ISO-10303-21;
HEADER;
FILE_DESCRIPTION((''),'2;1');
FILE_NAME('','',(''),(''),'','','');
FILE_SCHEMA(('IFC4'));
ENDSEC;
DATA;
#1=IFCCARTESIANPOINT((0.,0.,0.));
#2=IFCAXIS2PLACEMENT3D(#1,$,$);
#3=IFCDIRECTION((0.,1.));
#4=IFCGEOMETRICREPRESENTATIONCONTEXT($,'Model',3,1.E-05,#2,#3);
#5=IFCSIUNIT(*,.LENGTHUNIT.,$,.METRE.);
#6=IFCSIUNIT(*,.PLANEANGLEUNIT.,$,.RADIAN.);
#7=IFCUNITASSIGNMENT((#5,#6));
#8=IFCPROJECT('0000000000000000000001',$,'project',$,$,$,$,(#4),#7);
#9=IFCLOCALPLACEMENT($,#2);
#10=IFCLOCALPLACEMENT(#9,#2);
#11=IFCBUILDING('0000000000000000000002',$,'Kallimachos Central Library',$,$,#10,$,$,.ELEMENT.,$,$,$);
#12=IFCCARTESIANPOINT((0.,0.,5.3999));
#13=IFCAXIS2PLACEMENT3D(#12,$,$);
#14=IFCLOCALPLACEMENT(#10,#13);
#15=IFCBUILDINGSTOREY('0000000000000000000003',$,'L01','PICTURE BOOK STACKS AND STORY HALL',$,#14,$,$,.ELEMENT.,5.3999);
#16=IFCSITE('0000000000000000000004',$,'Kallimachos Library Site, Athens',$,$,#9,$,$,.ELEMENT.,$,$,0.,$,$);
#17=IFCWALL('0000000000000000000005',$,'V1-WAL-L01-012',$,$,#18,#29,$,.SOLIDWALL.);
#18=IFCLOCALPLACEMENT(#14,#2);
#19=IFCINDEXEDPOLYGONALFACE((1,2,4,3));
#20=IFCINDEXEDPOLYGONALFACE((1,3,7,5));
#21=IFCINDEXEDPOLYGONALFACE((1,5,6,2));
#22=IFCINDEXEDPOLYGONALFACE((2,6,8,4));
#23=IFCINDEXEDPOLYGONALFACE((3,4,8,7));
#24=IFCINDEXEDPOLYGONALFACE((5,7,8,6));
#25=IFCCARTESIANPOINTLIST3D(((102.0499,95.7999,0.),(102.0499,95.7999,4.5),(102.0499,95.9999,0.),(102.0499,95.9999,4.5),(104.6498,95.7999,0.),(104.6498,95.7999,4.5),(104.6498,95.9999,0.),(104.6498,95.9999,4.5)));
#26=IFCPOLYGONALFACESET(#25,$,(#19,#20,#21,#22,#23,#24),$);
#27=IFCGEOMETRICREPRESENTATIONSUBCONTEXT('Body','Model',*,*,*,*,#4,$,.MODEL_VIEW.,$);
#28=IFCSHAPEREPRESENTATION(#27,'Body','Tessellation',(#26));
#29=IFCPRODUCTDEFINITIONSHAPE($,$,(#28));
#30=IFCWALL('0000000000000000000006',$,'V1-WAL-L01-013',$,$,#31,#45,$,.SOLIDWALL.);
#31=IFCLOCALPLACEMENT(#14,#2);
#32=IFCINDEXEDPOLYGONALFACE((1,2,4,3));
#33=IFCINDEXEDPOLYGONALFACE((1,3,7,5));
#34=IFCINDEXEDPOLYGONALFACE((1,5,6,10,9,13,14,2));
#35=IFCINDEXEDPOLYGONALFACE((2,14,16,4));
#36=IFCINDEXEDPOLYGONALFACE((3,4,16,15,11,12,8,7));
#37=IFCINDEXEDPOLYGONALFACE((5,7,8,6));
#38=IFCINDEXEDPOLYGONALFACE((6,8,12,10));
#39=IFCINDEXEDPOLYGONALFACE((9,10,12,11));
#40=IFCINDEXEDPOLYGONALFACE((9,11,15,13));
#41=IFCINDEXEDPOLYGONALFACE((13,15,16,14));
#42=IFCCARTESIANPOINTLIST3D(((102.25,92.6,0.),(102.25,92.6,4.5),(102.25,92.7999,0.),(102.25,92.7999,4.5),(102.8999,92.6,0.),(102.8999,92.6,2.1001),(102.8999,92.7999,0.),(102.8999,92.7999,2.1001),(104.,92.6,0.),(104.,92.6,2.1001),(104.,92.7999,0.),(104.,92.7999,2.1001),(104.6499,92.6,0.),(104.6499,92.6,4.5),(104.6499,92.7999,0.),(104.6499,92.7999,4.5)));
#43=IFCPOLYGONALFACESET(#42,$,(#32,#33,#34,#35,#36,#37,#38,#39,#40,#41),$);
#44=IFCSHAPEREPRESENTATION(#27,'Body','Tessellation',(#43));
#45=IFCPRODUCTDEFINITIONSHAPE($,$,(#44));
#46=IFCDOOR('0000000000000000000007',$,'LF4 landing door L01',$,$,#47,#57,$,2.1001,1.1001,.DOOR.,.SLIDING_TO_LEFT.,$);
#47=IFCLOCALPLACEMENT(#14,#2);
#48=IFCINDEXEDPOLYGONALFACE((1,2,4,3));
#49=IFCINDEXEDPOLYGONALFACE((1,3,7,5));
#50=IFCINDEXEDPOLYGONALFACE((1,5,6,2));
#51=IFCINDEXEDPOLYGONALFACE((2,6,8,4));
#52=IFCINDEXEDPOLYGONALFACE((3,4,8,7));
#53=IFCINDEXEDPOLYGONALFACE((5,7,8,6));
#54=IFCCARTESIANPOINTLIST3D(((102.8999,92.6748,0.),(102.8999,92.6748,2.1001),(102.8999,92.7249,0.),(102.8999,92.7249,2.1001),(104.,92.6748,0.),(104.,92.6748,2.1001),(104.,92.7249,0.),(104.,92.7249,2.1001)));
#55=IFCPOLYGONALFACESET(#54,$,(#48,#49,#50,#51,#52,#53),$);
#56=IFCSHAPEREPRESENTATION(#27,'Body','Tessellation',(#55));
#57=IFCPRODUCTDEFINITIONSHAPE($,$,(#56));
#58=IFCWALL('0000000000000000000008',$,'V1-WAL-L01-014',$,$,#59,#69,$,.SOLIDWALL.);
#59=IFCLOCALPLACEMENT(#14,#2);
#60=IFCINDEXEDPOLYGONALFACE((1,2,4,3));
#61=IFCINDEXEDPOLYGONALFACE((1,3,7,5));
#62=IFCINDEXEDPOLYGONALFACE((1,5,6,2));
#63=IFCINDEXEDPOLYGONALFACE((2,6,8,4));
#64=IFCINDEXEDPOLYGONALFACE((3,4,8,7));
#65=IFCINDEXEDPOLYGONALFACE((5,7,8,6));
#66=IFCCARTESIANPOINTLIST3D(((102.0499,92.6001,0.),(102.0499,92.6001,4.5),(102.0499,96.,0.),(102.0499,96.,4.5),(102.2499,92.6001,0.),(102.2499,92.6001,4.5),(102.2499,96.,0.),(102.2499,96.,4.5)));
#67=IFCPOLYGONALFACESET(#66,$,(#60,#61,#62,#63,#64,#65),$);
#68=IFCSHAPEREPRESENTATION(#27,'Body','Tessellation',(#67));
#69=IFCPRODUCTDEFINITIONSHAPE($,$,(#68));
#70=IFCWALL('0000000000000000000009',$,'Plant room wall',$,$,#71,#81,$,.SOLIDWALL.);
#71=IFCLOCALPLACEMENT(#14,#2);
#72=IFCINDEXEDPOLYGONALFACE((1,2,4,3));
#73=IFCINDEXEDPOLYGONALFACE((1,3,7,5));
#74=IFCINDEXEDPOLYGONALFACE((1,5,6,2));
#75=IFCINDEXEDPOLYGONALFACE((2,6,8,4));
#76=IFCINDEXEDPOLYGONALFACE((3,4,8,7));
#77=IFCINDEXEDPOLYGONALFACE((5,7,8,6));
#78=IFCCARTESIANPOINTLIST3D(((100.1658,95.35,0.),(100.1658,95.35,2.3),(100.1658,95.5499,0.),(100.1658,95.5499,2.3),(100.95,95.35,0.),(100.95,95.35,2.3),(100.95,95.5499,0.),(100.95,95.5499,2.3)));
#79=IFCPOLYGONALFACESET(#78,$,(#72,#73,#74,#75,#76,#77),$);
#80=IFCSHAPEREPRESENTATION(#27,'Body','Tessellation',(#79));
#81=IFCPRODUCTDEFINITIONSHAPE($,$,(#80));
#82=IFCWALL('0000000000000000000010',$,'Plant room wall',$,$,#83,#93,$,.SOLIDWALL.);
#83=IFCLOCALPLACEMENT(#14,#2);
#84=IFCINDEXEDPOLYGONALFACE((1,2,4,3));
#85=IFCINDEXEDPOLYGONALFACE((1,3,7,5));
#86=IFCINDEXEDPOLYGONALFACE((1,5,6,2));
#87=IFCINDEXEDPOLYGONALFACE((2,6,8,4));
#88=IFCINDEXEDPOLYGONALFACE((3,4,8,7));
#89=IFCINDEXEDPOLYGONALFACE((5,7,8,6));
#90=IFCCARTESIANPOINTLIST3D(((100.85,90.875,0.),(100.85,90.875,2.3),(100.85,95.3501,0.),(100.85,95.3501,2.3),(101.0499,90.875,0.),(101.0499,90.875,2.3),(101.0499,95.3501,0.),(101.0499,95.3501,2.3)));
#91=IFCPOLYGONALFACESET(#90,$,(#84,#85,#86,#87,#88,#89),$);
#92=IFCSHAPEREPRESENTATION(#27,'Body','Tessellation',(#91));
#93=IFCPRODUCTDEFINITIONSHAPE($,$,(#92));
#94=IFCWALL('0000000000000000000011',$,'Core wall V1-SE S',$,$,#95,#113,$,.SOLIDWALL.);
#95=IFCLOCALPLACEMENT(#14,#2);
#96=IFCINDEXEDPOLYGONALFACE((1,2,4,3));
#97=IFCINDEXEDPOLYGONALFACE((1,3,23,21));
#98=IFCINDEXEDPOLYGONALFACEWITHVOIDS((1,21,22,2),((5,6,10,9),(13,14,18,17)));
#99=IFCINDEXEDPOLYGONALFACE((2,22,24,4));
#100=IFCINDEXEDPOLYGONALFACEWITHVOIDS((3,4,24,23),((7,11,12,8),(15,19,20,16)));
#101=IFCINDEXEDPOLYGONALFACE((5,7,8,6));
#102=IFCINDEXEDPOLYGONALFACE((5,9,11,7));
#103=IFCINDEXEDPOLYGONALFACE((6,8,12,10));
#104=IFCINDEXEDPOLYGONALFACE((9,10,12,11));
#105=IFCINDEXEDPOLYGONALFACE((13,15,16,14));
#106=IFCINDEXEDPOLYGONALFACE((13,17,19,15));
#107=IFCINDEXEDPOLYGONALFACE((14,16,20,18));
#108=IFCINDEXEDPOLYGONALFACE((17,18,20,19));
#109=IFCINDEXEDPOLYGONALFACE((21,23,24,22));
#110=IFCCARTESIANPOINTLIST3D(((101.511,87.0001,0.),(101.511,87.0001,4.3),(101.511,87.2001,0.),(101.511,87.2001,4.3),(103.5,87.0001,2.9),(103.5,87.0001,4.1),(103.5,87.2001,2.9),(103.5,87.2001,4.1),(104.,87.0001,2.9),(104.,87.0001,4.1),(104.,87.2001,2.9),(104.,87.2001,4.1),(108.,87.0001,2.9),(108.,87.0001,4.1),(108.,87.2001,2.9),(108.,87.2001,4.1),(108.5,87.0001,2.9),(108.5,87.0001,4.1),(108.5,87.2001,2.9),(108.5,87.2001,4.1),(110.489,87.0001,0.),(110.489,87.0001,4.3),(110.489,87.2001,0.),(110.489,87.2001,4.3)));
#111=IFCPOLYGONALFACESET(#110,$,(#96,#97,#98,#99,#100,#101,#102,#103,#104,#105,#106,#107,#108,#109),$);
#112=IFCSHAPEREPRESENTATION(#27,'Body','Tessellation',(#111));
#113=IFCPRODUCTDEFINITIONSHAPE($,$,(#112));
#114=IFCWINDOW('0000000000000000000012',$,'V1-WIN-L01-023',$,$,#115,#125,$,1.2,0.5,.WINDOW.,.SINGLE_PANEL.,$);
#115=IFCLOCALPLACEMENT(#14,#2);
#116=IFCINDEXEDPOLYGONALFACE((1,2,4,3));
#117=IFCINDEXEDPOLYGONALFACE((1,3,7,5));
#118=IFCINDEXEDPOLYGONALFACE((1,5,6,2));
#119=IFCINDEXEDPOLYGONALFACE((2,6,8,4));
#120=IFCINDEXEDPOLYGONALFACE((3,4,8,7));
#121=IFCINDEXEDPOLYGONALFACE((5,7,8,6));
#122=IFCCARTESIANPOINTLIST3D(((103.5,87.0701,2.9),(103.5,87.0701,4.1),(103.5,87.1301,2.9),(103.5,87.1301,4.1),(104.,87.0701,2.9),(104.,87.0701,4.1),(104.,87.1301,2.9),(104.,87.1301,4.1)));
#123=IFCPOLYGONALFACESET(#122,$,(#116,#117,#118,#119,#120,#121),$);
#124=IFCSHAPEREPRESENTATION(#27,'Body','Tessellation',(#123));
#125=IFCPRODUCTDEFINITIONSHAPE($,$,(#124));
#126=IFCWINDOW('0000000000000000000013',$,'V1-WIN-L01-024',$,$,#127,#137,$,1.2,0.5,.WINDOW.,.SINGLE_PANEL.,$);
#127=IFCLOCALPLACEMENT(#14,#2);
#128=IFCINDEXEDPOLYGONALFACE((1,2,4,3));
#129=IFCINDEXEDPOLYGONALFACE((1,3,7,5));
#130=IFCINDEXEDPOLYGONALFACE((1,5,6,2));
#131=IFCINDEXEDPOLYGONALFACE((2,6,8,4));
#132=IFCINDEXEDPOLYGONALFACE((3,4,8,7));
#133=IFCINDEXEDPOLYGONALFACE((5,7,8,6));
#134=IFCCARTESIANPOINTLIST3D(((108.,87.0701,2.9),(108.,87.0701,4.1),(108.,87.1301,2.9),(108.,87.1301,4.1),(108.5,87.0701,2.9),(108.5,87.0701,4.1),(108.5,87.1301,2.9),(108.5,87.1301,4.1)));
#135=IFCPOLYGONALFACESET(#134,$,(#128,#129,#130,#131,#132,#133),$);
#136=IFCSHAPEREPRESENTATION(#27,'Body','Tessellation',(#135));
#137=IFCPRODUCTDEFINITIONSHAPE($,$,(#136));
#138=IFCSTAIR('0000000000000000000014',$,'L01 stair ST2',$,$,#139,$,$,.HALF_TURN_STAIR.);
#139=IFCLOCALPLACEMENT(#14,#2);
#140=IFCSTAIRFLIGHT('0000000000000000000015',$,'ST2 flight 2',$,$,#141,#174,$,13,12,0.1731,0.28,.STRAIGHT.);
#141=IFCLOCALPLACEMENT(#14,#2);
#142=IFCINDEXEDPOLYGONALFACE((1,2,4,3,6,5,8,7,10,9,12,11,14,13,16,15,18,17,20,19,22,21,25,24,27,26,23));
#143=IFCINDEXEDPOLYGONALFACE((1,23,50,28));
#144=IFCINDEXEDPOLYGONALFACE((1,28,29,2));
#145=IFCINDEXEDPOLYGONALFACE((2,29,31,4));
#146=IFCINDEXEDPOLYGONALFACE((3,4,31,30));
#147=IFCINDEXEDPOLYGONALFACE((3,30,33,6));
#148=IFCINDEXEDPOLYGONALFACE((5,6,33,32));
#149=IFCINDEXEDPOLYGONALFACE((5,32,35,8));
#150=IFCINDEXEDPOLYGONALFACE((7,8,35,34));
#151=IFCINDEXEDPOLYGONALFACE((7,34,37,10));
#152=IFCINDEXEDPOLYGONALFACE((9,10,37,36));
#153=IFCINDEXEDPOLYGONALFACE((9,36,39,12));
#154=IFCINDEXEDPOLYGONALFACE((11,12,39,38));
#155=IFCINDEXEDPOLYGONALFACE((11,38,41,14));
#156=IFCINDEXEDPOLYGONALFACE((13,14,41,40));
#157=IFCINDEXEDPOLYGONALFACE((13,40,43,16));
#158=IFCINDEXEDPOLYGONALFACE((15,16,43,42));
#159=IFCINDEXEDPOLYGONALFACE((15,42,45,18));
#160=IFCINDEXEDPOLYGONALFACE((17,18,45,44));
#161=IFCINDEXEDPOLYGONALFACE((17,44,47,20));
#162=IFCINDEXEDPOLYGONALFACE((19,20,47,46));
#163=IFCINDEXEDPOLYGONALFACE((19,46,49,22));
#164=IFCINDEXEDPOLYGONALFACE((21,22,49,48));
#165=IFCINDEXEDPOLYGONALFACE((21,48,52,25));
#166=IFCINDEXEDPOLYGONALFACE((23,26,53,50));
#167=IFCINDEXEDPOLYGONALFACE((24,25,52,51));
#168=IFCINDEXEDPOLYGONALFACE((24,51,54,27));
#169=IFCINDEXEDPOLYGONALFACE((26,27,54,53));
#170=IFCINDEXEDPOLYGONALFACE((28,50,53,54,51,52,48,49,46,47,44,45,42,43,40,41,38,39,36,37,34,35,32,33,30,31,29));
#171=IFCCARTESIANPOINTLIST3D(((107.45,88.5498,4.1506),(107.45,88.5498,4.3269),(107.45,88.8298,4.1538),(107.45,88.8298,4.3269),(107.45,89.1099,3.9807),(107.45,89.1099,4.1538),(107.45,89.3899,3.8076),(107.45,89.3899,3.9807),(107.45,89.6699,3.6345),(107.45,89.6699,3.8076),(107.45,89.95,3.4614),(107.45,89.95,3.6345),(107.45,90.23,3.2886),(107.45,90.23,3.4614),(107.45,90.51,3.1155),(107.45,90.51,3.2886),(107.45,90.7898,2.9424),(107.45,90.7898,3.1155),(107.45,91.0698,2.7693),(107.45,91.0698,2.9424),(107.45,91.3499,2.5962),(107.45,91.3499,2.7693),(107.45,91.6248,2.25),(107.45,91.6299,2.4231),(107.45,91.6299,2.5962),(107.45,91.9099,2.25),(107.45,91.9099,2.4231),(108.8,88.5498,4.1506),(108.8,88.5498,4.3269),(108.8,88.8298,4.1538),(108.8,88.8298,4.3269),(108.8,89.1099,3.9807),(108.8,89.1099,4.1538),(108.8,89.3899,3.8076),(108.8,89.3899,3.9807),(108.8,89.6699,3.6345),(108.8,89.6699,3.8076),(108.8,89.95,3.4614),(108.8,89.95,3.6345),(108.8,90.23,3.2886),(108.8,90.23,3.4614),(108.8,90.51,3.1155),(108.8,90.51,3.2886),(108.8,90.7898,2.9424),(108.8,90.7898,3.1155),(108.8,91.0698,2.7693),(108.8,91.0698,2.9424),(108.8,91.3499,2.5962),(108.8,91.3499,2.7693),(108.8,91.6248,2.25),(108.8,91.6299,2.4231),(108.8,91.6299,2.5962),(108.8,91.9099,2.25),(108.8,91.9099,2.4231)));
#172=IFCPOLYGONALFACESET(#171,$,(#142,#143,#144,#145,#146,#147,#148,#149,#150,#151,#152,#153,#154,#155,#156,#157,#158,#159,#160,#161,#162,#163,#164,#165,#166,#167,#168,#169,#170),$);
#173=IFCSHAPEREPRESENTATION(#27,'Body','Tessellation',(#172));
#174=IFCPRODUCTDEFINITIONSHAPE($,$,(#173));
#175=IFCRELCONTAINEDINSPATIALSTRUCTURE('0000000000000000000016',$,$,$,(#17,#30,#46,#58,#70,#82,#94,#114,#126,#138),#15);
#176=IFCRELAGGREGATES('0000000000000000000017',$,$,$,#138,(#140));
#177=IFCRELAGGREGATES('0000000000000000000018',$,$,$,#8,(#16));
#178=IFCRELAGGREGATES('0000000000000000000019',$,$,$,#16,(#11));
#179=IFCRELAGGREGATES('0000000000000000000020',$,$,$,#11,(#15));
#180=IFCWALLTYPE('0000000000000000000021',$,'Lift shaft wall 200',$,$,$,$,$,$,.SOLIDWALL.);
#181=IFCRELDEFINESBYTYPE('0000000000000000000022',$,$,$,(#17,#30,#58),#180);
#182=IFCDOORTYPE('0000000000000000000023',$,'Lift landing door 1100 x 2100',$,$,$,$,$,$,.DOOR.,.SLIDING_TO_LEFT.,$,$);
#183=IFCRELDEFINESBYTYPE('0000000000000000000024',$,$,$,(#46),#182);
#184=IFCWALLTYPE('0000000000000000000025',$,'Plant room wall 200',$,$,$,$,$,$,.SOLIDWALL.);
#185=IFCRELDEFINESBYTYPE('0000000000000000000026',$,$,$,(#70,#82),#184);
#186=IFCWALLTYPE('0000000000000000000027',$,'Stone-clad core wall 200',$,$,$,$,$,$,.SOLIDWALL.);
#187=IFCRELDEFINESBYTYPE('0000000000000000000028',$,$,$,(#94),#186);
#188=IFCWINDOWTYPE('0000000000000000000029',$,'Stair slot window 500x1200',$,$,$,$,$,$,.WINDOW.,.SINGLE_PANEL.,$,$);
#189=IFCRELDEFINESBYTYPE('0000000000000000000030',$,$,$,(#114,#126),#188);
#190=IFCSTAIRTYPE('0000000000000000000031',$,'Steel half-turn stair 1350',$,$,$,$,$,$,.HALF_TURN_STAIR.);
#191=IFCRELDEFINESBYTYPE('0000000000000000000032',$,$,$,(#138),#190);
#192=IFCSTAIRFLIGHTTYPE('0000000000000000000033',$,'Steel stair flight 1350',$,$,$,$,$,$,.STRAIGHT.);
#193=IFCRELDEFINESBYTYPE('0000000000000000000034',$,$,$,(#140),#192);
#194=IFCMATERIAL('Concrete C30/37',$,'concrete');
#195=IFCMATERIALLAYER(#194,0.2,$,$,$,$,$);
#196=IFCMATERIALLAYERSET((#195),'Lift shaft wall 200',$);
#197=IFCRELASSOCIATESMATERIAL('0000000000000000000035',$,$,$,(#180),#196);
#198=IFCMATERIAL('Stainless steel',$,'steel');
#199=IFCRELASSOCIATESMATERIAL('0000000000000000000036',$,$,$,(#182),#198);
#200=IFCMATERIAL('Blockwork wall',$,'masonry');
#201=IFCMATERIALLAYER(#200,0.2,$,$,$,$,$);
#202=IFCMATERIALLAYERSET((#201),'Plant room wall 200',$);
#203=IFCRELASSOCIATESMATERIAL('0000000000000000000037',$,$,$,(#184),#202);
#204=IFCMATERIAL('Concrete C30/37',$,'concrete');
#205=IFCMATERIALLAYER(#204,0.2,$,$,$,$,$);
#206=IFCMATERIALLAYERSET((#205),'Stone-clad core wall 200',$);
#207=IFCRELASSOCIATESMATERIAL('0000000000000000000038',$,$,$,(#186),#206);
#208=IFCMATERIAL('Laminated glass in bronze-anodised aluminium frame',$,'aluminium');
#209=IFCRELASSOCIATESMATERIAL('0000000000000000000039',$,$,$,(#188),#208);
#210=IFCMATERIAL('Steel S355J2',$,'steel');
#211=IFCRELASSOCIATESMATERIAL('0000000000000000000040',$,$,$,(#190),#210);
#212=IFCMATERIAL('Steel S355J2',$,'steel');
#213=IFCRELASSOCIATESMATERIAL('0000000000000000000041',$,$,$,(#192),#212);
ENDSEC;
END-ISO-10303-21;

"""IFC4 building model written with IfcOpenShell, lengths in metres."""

from ifc_helpers import new_model, si_unit, direction, frame, frame_2d, origin, place, context, subcontext, project, spatial, polyline, rectangle, outline, extrude, material, layer, layer_set, type_object, element, fill, aggregate, save


model = new_model("IFC4")

# Units and contexts
model_context = context("Model", 3, precision=1e-05, world=origin(), true_north=direction((0.0, 1.0)))
body_context = subcontext(model_context, "Body", "Model", "MODEL_VIEW")
ifc_project = project(units=[si_unit("LENGTHUNIT", "METRE"), si_unit("PLANEANGLEUNIT", "RADIAN")], contexts=[model_context])

# Site, building, storey
site_placement = place(None, origin())
site = spatial("IfcSite", under=ifc_project, at=site_placement, Name="Kallimachos Library Site, Athens", CompositionType="ELEMENT", RefElevation=0.0)
building_placement = place(site_placement, origin())
building = spatial("IfcBuilding", under=site, at=building_placement, Name="Kallimachos Central Library", CompositionType="ELEMENT")
storey_placement = place(building_placement, frame((0.0, 0.0, 5.3999)))
storey = spatial("IfcBuildingStorey", under=building, at=storey_placement, Name="L01", Description="PICTURE BOOK STACKS AND STORY HALL", CompositionType="ELEMENT", Elevation=5.3999)

# Shared definitions
ifc_material_1 = material(Name="Concrete C30/37", Category="concrete")
ifc_layer_1 = layer(ifc_material_1, 0.2)
ifc_layer_set_1 = layer_set([ifc_layer_1], Name="Lift shaft wall 200")
wall_type_1 = type_object("IfcWallType", Name="Lift shaft wall 200", PredefinedType="SOLIDWALL", material=ifc_layer_set_1)

# Shared definitions
ifc_material_2 = material(Name="Stainless steel", Category="steel")
door_type_1 = type_object("IfcDoorType", Name="Lift landing door 1100 x 2100", OperationType="SLIDING_TO_LEFT", PredefinedType="DOOR", material=ifc_material_2)

# Wall
wall_1_placement = place(storey_placement, frame((102.05, 95.8999, 0.0), z_axis=(0.0, 0.0, 1.0), x_axis=(1.0, 0.0, 0.0)))
element("IfcWall", 1, at=wall_1_placement, inside=storey, type_object=wall_type_1, Name="V1-WAL-L01-012", PredefinedType="SOLIDWALL", context=body_context, shape_type="SweptSolid", body=[
    extrude(rectangle(XDim=2.5999, YDim=0.2, at=frame_2d((1.2998, 0.0))), origin(), (0.0, 0.0, 1.0), 4.5),
])

# Wall, opening, door
wall_2_placement = place(storey_placement, frame((102.25, 92.7, 0.0), z_axis=(0.0, 0.0, 1.0), x_axis=(1.0, 0.0, 0.0)))
wall_2 = element("IfcWall", 2, at=wall_2_placement, inside=storey, type_object=wall_type_1, Name="V1-WAL-L01-013", PredefinedType="SOLIDWALL", context=body_context, shape_type="SweptSolid", body=[
    extrude(rectangle(XDim=2.3999, YDim=0.2, at=frame_2d((1.2, 0.0))), origin(), (0.0, 0.0, 1.0), 4.5),
])
opening_1_placement = place(wall_2_placement, frame((0.6499, 0.0, 0.0)))
opening_1 = element("IfcOpeningElement", 3, at=opening_1_placement, cuts=wall_2, PredefinedType="OPENING", context=body_context, shape_type="SweptSolid", body=[
    extrude(rectangle(XDim=1.1001, YDim=2.1001, at=frame_2d((0.55, 1.05))), frame((0.0, 0.1099, 0.0), z_axis=(0.0, -1.0, 0.0), x_axis=(1.0, 0.0, 0.0)), (0.0, 0.0, 1.0), 0.22),
])
door_1_placement = place(opening_1_placement, origin())
door_1 = element("IfcDoor", 4, at=door_1_placement, inside=storey, type_object=door_type_1, Name="LF4 landing door L01", OperationType="SLIDING_TO_LEFT", OverallHeight=2.1001, OverallWidth=1.1001, PredefinedType="DOOR", context=body_context, shape_type="SweptSolid", body=[
    extrude(rectangle(XDim=1.1001, YDim=2.1001, at=frame_2d((0.55, 1.05))), frame((0.0, 0.0249, 0.0), z_axis=(0.0, -1.0, 0.0), x_axis=(1.0, 0.0, 0.0)), (0.0, 0.0, 1.0), 0.05),
])
fill(opening_1, door_1)

# Walls
wall_3_placement = place(storey_placement, frame((102.1499, 92.6001, 0.0), z_axis=(0.0, 0.0, 1.0), x_axis=(0.0, 1.0, 0.0)))
element("IfcWall", 5, at=wall_3_placement, inside=storey, type_object=wall_type_1, Name="V1-WAL-L01-014", PredefinedType="SOLIDWALL", context=body_context, shape_type="SweptSolid", body=[
    extrude(rectangle(XDim=3.3999, YDim=0.2, at=frame_2d((1.7, 0.0))), origin(), (0.0, 0.0, 1.0), 4.5),
])
ifc_material_3 = material(Name="Blockwork wall", Category="masonry")
ifc_layer_2 = layer(ifc_material_3, 0.2)
ifc_layer_set_2 = layer_set([ifc_layer_2], Name="Plant room wall 200")
wall_type_2 = type_object("IfcWallType", Name="Plant room wall 200", PredefinedType="SOLIDWALL", material=ifc_layer_set_2)
wall_4_placement = place(storey_placement, frame((100.1658, 95.45, 0.0), z_axis=(0.0, 0.0, 1.0), x_axis=(1.0, 0.0, 0.0)))
element("IfcWall", 6, at=wall_4_placement, inside=storey, type_object=wall_type_2, Name="Plant room wall", PredefinedType="SOLIDWALL", context=body_context, shape_type="SweptSolid", body=[
    extrude(rectangle(XDim=0.7842, YDim=0.2, at=frame_2d((0.3921, 0.0))), origin(), (0.0, 0.0, 1.0), 2.3),
])
wall_5_placement = place(storey_placement, frame((100.95, 95.3501, 0.0), z_axis=(0.0, 0.0, 1.0), x_axis=(0.0, -1.0, 0.0)))
element("IfcWall", 7, at=wall_5_placement, inside=storey, type_object=wall_type_2, Name="Plant room wall", PredefinedType="SOLIDWALL", context=body_context, shape_type="SweptSolid", body=[
    extrude(rectangle(XDim=4.4751, YDim=0.2, at=frame_2d((2.2375, 0.0))), origin(), (0.0, 0.0, 1.0), 2.3),
])

# Wall, openings, windows
ifc_material_4 = material(Name="Concrete C30/37", Category="concrete")
ifc_layer_3 = layer(ifc_material_4, 0.2)
ifc_layer_set_3 = layer_set([ifc_layer_3], Name="Stone-clad core wall 200")
wall_type_3 = type_object("IfcWallType", Name="Stone-clad core wall 200", PredefinedType="SOLIDWALL", material=ifc_layer_set_3)
wall_6_placement = place(storey_placement, frame((101.511, 87.1001, 0.0), z_axis=(0.0, 0.0, 1.0), x_axis=(1.0, 0.0, 0.0)))
wall_6 = element("IfcWall", 8, at=wall_6_placement, inside=storey, type_object=wall_type_3, Name="Core wall V1-SE S", PredefinedType="SOLIDWALL", context=body_context, shape_type="SweptSolid", body=[
    extrude(rectangle(XDim=8.978, YDim=0.2, at=frame_2d((4.489, 0.0))), origin(), (0.0, 0.0, 1.0), 4.3),
])
opening_2_placement = place(wall_6_placement, frame((1.989, 0.0, 2.8999)))
opening_2 = element("IfcOpeningElement", 9, at=opening_2_placement, cuts=wall_6, PredefinedType="OPENING", context=body_context, shape_type="SweptSolid", body=[
    extrude(rectangle(XDim=0.5, YDim=1.2, at=frame_2d((0.25, 0.6001))), frame((0.0, 0.1099, 0.0), z_axis=(0.0, -1.0, 0.0), x_axis=(1.0, 0.0, 0.0)), (0.0, 0.0, 1.0), 0.22),
])
opening_3_placement = place(wall_6_placement, frame((6.489, 0.0, 2.8999)))
opening_3 = element("IfcOpeningElement", 10, at=opening_3_placement, cuts=wall_6, PredefinedType="OPENING", context=body_context, shape_type="SweptSolid", body=[
    extrude(rectangle(XDim=0.5, YDim=1.2, at=frame_2d((0.25, 0.6001))), frame((0.0, 0.1099, 0.0), z_axis=(0.0, -1.0, 0.0), x_axis=(1.0, 0.0, 0.0)), (0.0, 0.0, 1.0), 0.22),
])
ifc_material_5 = material(Name="Laminated glass in bronze-anodised aluminium frame", Category="aluminium")
window_type = type_object("IfcWindowType", Name="Stair slot window 500x1200", PartitioningType="SINGLE_PANEL", PredefinedType="WINDOW", material=ifc_material_5)
window_1_placement = place(opening_2_placement, origin())
window_1 = element("IfcWindow", 11, at=window_1_placement, inside=storey, type_object=window_type, Name="V1-WIN-L01-023", OverallHeight=1.2, OverallWidth=0.5, PartitioningType="SINGLE_PANEL", PredefinedType="WINDOW", context=body_context, shape_type="SweptSolid", body=[
    extrude(rectangle(XDim=0.5, YDim=1.2, at=frame_2d((0.25, 0.6001))), frame((0.0, 0.03, 0.0), z_axis=(0.0, -1.0, 0.0), x_axis=(1.0, 0.0, 0.0)), (0.0, 0.0, 1.0), 0.0601),
])
fill(opening_2, window_1)
window_2_placement = place(opening_3_placement, origin())
window_2 = element("IfcWindow", 12, at=window_2_placement, inside=storey, type_object=window_type, Name="V1-WIN-L01-024", OverallHeight=1.2, OverallWidth=0.5, PartitioningType="SINGLE_PANEL", PredefinedType="WINDOW", context=body_context, shape_type="SweptSolid", body=[
    extrude(rectangle(XDim=0.5, YDim=1.2, at=frame_2d((0.25, 0.6001))), frame((0.0, 0.03, 0.0), z_axis=(0.0, -1.0, 0.0), x_axis=(1.0, 0.0, 0.0)), (0.0, 0.0, 1.0), 0.0601),
])
fill(opening_3, window_2)

# Stair, stair flight
ifc_material_6 = material(Name="Steel S355J2", Category="steel")
stair_type = type_object("IfcStairType", Name="Steel half-turn stair 1350", PredefinedType="HALF_TURN_STAIR", material=ifc_material_6)
stair_placement = place(storey_placement, origin())
stair = element("IfcStair", 13, at=stair_placement, inside=storey, type_object=stair_type, Name="L01 stair ST2", PredefinedType="HALF_TURN_STAIR")
ifc_material_7 = material(Name="Steel S355J2", Category="steel")
stair_flight_type = type_object("IfcStairFlightType", Name="Steel stair flight 1350", PredefinedType="STRAIGHT", material=ifc_material_7)
stair_flight_placement = place(storey_placement, frame((108.125, 91.9099, 2.25), z_axis=(0.0, 0.0, 1.0), x_axis=(0.0, -1.0, 0.0)))
stair_flight = element("IfcStairFlight", 14, at=stair_flight_placement, type_object=stair_flight_type, Name="ST2 flight 2", NumberOfRisers=13, NumberOfTreads=12, PredefinedType="STRAIGHT", RiserHeight=0.1731, TreadLength=0.28, context=body_context, shape_type="SweptSolid", body=[
    extrude(outline(polyline([(0.0, 0.0), (0.0, 0.1731), (0.28, 0.1731), (0.28, 0.3462), (0.5601, 0.3462), (0.5601, 0.5193), (0.8401, 0.5193), (0.8401, 0.6924), (1.1201, 0.6924), (1.1201, 0.8655), (1.3999, 0.8655), (1.3999, 1.0386), (1.6799, 1.0386), (1.6799, 1.2114), (1.96, 1.2114), (1.96, 1.3845), (2.24, 1.3845), (2.24, 1.5576), (2.52, 1.5576), (2.52, 1.7307), (2.8, 1.7307), (2.8, 1.9038), (3.0801, 1.9038), (3.0801, 2.0769), (3.3601, 2.0769), (3.3601, 2.25), (3.3601, 1.9006), (0.2852, 0.0), (0.0, 0.0)])), frame((0.0, 0.675, 0.0), z_axis=(0.0, -1.0, 0.0), x_axis=(1.0, 0.0, 0.0)), (0.0, 0.0, 1.0), 1.3501),
])
aggregate(stair, [stair_flight])

save(model, "model.ifc")
